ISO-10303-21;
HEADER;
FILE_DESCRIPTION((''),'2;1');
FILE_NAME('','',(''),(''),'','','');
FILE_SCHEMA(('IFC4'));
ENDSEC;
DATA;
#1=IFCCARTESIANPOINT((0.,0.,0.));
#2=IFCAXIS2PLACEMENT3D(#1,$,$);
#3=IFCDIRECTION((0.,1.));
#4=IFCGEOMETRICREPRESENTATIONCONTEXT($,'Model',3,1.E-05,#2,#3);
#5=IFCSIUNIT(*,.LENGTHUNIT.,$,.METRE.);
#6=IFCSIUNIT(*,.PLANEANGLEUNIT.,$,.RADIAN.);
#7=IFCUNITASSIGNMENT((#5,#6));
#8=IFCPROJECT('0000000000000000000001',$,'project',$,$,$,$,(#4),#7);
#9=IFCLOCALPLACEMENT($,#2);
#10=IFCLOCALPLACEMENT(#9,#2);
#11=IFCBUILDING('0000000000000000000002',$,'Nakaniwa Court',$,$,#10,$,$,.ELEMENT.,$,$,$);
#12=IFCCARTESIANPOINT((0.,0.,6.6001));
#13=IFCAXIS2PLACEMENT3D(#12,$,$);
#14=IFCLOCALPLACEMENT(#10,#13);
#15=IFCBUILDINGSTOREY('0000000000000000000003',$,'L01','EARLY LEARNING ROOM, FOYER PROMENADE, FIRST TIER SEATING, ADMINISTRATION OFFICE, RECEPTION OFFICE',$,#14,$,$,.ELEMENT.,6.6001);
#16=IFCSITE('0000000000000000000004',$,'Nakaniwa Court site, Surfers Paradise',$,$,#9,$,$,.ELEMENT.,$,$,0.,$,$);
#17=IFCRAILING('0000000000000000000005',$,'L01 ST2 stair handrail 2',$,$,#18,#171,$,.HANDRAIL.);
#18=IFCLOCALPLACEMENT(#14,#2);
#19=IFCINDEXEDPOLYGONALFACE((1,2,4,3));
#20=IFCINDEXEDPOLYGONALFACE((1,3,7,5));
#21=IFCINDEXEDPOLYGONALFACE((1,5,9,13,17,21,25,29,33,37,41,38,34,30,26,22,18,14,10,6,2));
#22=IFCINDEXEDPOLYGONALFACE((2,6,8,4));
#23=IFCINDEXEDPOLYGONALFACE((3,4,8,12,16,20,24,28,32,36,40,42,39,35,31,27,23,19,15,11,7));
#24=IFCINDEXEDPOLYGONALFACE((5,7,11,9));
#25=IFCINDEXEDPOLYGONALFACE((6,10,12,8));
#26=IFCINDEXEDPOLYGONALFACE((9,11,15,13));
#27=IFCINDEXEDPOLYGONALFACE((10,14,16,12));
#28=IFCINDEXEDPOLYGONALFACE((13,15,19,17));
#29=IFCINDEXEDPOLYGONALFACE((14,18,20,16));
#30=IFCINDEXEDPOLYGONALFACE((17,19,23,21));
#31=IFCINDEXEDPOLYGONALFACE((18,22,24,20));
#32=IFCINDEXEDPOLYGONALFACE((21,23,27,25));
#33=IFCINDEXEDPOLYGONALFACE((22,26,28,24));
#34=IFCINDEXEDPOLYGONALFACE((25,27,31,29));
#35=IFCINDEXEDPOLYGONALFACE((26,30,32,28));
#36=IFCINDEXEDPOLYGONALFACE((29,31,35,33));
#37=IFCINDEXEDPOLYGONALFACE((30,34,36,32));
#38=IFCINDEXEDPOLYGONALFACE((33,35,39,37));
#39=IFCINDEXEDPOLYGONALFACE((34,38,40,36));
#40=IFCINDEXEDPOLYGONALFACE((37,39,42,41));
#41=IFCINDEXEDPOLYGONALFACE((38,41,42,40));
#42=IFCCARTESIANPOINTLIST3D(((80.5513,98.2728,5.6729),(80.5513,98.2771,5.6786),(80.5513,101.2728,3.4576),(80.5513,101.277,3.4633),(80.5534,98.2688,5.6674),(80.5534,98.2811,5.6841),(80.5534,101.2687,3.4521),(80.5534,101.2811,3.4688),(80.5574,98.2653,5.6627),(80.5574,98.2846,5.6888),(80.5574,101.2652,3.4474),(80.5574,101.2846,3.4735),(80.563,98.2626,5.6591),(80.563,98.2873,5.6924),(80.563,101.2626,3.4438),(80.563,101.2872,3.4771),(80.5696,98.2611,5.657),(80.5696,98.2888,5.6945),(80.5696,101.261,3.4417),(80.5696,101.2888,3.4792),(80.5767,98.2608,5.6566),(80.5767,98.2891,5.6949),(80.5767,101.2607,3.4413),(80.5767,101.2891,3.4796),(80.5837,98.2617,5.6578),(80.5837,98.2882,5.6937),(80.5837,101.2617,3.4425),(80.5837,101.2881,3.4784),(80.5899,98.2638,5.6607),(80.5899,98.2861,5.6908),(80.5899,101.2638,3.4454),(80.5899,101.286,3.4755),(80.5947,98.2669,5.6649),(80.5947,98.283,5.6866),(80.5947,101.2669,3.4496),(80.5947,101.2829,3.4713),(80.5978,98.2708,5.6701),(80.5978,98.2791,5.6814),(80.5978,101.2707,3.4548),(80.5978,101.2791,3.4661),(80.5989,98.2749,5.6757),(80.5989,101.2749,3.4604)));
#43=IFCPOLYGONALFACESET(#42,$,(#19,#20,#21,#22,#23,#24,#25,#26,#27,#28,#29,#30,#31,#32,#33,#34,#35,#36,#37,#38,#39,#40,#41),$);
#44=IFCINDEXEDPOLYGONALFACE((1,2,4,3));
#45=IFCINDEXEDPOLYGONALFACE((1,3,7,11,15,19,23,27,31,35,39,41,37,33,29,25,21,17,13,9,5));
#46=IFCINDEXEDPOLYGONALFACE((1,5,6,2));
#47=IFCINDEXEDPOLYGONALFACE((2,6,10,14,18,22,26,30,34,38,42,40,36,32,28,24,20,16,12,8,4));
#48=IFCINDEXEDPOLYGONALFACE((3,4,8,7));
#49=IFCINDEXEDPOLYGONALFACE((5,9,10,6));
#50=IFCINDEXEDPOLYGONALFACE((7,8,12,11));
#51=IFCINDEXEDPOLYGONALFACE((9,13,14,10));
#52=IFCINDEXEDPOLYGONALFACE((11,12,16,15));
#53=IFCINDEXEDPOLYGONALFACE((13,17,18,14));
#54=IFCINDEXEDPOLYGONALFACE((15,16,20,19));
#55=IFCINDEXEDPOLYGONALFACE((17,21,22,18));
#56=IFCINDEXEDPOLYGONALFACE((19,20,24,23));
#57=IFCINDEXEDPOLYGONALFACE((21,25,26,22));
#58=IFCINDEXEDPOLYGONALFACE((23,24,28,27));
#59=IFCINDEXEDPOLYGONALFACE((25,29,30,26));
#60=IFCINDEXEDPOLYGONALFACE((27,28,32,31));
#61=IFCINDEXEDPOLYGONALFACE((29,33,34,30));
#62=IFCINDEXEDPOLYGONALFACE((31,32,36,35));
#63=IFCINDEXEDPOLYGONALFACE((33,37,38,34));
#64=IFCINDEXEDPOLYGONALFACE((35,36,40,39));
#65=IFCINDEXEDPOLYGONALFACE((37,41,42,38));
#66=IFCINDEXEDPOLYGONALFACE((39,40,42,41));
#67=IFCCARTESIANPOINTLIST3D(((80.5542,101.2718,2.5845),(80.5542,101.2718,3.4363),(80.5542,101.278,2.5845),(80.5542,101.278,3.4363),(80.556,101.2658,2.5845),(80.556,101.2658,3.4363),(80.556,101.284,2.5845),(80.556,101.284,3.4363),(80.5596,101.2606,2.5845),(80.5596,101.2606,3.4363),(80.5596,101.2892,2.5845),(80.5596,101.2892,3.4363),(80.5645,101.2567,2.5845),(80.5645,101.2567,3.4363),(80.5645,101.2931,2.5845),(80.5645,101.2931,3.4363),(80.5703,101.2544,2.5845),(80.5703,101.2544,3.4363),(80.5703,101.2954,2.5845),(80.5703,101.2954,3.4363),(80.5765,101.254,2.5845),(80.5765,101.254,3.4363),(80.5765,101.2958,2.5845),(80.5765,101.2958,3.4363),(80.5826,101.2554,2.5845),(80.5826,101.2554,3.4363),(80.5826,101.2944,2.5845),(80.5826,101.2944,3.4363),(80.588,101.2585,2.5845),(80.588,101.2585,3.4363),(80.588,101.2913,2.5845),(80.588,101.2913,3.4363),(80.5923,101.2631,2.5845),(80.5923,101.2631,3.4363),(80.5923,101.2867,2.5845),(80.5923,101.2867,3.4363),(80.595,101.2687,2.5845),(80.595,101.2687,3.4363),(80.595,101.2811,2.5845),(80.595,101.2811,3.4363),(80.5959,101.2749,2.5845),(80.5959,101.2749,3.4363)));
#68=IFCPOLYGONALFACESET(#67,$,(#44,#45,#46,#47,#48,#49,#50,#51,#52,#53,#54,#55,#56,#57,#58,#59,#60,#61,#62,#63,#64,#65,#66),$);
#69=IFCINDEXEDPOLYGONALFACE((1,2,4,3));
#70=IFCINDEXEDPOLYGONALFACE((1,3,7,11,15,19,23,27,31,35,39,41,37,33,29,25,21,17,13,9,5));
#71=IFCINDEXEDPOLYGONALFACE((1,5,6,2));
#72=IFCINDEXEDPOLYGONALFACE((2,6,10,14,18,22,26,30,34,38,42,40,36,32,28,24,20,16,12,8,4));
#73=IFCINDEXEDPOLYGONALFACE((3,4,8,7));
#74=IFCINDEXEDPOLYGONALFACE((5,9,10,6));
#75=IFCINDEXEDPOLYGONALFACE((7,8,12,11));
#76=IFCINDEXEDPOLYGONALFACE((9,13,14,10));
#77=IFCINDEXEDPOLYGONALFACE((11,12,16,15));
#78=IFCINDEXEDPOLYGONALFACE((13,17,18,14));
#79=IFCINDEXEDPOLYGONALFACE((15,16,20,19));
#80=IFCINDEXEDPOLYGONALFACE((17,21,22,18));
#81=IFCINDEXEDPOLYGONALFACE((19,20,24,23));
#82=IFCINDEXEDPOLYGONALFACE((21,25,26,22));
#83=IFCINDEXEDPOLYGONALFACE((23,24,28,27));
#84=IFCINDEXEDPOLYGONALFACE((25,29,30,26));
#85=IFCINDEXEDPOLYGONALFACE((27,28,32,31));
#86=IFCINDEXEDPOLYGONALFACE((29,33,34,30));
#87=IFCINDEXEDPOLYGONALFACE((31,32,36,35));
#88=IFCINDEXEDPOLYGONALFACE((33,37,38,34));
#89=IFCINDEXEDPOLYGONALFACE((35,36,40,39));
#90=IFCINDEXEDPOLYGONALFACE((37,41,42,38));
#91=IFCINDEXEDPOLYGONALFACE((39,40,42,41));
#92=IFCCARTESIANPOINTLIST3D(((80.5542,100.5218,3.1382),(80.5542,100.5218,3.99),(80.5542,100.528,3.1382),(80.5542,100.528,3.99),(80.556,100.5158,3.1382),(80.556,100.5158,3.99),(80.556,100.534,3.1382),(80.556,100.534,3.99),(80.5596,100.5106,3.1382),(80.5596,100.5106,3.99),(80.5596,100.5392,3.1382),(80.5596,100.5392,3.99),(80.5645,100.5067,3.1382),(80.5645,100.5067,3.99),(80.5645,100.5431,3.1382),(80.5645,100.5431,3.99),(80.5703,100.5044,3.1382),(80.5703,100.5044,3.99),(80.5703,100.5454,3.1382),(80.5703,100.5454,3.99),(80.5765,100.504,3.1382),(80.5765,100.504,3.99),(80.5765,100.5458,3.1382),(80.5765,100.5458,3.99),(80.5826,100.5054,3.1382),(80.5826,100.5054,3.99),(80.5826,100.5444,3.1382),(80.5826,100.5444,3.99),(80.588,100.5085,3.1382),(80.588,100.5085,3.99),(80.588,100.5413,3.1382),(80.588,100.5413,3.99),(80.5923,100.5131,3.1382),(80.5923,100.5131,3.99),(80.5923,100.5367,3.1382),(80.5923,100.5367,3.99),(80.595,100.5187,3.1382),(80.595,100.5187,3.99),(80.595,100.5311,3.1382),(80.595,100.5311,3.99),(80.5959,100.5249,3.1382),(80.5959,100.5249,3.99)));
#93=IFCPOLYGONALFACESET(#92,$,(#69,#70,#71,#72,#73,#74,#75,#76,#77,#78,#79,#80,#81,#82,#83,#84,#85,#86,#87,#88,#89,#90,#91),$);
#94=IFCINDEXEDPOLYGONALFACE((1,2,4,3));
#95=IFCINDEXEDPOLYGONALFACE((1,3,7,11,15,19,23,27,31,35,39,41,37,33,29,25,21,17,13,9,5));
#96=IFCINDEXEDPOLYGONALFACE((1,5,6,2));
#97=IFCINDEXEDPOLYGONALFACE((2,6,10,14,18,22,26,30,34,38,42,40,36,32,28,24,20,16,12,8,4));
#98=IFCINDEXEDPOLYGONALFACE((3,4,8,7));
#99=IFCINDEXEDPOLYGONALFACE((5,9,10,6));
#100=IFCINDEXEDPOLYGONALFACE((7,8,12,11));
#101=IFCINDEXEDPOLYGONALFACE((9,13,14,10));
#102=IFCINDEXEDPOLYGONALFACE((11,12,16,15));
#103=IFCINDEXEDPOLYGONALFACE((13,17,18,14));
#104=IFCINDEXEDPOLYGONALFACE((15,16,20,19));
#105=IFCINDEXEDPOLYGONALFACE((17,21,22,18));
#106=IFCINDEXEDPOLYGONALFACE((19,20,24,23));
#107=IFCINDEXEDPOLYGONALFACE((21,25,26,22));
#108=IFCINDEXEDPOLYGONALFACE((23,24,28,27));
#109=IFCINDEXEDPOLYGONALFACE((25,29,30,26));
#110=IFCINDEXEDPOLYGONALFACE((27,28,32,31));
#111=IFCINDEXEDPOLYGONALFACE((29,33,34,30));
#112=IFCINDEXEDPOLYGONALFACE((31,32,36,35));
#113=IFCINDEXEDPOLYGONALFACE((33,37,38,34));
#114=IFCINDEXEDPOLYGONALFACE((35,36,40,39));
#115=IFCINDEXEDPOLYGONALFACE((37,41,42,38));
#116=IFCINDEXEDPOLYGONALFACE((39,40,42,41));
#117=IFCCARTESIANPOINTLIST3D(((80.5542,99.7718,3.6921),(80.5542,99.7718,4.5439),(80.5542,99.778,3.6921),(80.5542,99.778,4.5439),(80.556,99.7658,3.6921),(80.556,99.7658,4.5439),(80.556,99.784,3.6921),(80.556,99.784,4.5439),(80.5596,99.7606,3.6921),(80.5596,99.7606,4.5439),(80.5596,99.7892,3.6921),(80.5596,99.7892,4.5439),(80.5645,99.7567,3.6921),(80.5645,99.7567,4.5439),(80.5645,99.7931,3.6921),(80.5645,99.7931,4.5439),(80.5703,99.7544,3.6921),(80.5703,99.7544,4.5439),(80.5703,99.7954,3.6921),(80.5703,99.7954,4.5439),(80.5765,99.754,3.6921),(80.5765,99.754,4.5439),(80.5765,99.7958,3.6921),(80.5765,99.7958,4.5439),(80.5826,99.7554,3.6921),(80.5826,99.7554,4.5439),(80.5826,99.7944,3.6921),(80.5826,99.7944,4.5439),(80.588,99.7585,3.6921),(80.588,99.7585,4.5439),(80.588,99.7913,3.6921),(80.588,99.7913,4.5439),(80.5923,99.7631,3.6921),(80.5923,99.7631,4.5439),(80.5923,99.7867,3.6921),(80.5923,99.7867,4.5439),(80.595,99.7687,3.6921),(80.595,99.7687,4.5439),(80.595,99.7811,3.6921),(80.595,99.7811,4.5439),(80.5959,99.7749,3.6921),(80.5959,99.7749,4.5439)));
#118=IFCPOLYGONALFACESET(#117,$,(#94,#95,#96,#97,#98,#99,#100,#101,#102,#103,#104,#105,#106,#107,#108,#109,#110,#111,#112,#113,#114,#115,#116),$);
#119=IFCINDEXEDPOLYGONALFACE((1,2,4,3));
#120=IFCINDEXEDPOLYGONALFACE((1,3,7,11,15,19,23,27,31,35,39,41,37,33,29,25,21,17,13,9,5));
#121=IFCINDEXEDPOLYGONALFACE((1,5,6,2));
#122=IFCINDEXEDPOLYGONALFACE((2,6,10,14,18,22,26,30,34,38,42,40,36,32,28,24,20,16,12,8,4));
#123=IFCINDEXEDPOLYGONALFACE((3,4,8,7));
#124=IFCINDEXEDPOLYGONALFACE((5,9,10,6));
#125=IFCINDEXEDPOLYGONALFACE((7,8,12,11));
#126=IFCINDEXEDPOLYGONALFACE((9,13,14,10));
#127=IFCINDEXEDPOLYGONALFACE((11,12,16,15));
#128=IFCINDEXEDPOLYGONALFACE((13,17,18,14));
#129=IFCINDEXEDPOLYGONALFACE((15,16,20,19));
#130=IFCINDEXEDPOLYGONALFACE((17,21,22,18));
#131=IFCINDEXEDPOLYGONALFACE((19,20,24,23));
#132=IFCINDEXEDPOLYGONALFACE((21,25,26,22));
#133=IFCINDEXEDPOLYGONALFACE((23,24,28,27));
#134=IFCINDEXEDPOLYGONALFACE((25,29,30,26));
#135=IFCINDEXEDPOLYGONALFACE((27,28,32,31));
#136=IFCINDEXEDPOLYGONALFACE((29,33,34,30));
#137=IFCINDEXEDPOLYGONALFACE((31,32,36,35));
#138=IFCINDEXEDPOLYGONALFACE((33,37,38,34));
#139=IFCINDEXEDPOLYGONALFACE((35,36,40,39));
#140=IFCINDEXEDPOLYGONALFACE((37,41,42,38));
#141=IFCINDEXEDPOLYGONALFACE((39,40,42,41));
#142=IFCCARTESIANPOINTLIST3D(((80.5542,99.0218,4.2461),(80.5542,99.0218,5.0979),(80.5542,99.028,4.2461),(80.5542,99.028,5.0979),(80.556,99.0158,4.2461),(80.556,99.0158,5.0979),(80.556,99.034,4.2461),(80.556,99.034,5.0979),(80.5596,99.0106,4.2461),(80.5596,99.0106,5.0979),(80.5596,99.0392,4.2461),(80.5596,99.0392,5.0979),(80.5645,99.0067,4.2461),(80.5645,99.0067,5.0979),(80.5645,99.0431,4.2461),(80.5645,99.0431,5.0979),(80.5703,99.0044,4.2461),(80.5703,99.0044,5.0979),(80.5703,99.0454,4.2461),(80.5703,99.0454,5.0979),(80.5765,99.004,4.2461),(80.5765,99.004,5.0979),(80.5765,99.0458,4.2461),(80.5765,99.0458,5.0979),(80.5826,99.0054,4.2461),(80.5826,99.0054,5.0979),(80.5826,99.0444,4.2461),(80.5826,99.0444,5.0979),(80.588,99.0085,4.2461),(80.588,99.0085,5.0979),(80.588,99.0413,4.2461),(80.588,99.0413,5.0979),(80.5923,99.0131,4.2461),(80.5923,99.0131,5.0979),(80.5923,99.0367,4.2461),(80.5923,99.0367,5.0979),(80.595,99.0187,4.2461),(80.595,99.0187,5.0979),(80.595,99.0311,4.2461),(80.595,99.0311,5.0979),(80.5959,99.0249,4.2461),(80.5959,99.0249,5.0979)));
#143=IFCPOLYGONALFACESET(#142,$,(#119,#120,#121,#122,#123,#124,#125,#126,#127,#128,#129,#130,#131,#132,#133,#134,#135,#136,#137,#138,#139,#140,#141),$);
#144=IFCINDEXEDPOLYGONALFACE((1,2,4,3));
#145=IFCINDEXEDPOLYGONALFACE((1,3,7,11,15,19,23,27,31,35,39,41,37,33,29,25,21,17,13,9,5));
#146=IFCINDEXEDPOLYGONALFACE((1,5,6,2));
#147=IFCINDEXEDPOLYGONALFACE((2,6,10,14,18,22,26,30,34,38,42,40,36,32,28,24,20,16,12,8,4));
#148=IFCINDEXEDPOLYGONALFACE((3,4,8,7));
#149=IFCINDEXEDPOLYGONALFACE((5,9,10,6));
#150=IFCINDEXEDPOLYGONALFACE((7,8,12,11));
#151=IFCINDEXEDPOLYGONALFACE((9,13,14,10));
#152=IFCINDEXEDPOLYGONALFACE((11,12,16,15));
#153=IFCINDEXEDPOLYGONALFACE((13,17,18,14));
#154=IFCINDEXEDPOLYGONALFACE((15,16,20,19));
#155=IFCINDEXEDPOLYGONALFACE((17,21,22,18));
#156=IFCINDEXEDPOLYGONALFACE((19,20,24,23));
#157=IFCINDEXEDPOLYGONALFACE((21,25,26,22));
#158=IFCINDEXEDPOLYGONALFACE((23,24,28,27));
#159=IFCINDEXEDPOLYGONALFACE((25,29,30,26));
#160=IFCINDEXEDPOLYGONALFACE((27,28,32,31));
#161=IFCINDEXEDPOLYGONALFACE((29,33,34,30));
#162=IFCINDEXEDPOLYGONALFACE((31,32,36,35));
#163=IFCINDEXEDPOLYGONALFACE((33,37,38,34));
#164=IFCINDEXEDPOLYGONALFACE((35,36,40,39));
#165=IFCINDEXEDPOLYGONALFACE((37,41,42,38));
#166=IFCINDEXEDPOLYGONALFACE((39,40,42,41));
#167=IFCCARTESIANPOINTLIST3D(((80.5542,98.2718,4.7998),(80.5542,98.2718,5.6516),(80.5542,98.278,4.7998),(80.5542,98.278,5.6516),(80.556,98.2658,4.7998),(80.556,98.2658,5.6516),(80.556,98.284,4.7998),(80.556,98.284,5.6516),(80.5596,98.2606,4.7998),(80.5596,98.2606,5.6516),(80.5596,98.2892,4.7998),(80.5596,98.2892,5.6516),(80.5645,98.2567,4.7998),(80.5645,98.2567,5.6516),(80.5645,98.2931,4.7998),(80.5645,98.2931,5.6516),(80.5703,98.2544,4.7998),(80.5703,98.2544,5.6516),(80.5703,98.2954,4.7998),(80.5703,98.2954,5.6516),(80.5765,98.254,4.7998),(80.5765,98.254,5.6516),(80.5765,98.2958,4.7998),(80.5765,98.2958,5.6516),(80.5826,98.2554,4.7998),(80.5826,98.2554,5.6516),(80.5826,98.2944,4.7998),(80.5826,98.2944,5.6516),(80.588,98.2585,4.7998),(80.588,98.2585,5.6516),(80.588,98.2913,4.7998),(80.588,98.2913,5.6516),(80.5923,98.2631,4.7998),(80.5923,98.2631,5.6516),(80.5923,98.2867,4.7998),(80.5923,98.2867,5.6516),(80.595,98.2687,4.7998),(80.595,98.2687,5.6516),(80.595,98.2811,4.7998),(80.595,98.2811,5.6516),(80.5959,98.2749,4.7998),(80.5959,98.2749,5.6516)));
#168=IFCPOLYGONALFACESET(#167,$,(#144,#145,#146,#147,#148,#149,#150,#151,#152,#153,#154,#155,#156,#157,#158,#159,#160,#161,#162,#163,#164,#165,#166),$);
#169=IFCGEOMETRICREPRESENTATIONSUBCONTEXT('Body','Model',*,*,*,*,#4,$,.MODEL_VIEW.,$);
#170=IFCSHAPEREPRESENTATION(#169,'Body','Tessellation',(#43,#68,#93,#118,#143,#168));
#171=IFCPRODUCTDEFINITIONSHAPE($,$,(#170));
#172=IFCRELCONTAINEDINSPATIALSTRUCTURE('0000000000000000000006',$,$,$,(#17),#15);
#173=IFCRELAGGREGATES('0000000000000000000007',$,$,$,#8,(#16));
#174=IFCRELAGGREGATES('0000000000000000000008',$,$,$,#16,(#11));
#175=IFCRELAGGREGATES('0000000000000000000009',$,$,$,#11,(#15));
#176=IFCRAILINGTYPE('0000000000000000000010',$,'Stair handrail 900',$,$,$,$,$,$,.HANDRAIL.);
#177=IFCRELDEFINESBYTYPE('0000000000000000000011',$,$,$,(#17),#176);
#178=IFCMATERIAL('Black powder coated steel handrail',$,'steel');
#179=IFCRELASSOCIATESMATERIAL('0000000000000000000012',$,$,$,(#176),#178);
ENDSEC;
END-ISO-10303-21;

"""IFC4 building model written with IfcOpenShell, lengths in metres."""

from ifc_helpers import new_model, si_unit, direction, frame, origin, origin_2d, place, context, subcontext, project, spatial, circle, extrude, material, type_object, element, save


model = new_model("IFC4")

# Units and contexts
model_context = context("Model", 3, precision=1e-05, world=origin(), true_north=direction((0.0, 1.0)))
body_context = subcontext(model_context, "Body", "Model", "MODEL_VIEW")
ifc_project = project(units=[si_unit("LENGTHUNIT", "METRE"), si_unit("PLANEANGLEUNIT", "RADIAN")], contexts=[model_context])

# Site, building, storey
site_placement = place(None, origin())
site = spatial("IfcSite", under=ifc_project, at=site_placement, Name="Nakaniwa Court site, Surfers Paradise", CompositionType="ELEMENT", RefElevation=0.0)
building_placement = place(site_placement, origin())
building = spatial("IfcBuilding", under=site, at=building_placement, Name="Nakaniwa Court", CompositionType="ELEMENT")
storey_placement = place(building_placement, frame((0.0, 0.0, 6.6001)))
storey = spatial("IfcBuildingStorey", under=building, at=storey_placement, Name="L01", Description="EARLY LEARNING ROOM, FOYER PROMENADE, FIRST TIER SEATING, ADMINISTRATION OFFICE, RECEPTION OFFICE", CompositionType="ELEMENT", Elevation=6.6001)

# Railing
ifc_material_1 = material(Name="Black powder coated steel handrail", Category="steel")
railing_type_1 = type_object("IfcRailingType", Name="Stair handrail 900", PredefinedType="HANDRAIL", material=ifc_material_1)
for number, where, name in (
    (1, (80.575, 101.2749, 2.5845), "L01 ST2 stair handrail 2"),
):
    element("IfcRailing", number, at=place(storey_placement, frame(where)), inside=storey, type_object=railing_type_1, Name=name, PredefinedType="HANDRAIL", context=body_context, shape_type="SweptSolid", body=[
        extrude(circle(Radius=0.0239, at=origin_2d()), frame((0.0, 0.0, 0.876), z_axis=(0.0, -0.80444, 0.594034), x_axis=(1.0, 0.0, 0.0)), (0.0, 0.0, 1.0), 3.7292),
        extrude(circle(Radius=0.021, at=origin_2d()), origin(), (0.0, 0.0, 1.0), 0.8518),
        extrude(circle(Radius=0.021, at=origin_2d()), frame((0.0, -0.75, 0.5537)), (0.0, 0.0, 1.0), 0.8518),
        extrude(circle(Radius=0.021, at=origin_2d()), frame((0.0, -1.5, 1.1077)), (0.0, 0.0, 1.0), 0.8518),
        extrude(circle(Radius=0.021, at=origin_2d()), frame((0.0, -2.25, 1.6616)), (0.0, 0.0, 1.0), 0.8518),
        extrude(circle(Radius=0.021, at=origin_2d()), frame((0.0, -3.0, 2.2153)), (0.0, 0.0, 1.0), 0.8518),
    ])

save(model, "model.ifc")
